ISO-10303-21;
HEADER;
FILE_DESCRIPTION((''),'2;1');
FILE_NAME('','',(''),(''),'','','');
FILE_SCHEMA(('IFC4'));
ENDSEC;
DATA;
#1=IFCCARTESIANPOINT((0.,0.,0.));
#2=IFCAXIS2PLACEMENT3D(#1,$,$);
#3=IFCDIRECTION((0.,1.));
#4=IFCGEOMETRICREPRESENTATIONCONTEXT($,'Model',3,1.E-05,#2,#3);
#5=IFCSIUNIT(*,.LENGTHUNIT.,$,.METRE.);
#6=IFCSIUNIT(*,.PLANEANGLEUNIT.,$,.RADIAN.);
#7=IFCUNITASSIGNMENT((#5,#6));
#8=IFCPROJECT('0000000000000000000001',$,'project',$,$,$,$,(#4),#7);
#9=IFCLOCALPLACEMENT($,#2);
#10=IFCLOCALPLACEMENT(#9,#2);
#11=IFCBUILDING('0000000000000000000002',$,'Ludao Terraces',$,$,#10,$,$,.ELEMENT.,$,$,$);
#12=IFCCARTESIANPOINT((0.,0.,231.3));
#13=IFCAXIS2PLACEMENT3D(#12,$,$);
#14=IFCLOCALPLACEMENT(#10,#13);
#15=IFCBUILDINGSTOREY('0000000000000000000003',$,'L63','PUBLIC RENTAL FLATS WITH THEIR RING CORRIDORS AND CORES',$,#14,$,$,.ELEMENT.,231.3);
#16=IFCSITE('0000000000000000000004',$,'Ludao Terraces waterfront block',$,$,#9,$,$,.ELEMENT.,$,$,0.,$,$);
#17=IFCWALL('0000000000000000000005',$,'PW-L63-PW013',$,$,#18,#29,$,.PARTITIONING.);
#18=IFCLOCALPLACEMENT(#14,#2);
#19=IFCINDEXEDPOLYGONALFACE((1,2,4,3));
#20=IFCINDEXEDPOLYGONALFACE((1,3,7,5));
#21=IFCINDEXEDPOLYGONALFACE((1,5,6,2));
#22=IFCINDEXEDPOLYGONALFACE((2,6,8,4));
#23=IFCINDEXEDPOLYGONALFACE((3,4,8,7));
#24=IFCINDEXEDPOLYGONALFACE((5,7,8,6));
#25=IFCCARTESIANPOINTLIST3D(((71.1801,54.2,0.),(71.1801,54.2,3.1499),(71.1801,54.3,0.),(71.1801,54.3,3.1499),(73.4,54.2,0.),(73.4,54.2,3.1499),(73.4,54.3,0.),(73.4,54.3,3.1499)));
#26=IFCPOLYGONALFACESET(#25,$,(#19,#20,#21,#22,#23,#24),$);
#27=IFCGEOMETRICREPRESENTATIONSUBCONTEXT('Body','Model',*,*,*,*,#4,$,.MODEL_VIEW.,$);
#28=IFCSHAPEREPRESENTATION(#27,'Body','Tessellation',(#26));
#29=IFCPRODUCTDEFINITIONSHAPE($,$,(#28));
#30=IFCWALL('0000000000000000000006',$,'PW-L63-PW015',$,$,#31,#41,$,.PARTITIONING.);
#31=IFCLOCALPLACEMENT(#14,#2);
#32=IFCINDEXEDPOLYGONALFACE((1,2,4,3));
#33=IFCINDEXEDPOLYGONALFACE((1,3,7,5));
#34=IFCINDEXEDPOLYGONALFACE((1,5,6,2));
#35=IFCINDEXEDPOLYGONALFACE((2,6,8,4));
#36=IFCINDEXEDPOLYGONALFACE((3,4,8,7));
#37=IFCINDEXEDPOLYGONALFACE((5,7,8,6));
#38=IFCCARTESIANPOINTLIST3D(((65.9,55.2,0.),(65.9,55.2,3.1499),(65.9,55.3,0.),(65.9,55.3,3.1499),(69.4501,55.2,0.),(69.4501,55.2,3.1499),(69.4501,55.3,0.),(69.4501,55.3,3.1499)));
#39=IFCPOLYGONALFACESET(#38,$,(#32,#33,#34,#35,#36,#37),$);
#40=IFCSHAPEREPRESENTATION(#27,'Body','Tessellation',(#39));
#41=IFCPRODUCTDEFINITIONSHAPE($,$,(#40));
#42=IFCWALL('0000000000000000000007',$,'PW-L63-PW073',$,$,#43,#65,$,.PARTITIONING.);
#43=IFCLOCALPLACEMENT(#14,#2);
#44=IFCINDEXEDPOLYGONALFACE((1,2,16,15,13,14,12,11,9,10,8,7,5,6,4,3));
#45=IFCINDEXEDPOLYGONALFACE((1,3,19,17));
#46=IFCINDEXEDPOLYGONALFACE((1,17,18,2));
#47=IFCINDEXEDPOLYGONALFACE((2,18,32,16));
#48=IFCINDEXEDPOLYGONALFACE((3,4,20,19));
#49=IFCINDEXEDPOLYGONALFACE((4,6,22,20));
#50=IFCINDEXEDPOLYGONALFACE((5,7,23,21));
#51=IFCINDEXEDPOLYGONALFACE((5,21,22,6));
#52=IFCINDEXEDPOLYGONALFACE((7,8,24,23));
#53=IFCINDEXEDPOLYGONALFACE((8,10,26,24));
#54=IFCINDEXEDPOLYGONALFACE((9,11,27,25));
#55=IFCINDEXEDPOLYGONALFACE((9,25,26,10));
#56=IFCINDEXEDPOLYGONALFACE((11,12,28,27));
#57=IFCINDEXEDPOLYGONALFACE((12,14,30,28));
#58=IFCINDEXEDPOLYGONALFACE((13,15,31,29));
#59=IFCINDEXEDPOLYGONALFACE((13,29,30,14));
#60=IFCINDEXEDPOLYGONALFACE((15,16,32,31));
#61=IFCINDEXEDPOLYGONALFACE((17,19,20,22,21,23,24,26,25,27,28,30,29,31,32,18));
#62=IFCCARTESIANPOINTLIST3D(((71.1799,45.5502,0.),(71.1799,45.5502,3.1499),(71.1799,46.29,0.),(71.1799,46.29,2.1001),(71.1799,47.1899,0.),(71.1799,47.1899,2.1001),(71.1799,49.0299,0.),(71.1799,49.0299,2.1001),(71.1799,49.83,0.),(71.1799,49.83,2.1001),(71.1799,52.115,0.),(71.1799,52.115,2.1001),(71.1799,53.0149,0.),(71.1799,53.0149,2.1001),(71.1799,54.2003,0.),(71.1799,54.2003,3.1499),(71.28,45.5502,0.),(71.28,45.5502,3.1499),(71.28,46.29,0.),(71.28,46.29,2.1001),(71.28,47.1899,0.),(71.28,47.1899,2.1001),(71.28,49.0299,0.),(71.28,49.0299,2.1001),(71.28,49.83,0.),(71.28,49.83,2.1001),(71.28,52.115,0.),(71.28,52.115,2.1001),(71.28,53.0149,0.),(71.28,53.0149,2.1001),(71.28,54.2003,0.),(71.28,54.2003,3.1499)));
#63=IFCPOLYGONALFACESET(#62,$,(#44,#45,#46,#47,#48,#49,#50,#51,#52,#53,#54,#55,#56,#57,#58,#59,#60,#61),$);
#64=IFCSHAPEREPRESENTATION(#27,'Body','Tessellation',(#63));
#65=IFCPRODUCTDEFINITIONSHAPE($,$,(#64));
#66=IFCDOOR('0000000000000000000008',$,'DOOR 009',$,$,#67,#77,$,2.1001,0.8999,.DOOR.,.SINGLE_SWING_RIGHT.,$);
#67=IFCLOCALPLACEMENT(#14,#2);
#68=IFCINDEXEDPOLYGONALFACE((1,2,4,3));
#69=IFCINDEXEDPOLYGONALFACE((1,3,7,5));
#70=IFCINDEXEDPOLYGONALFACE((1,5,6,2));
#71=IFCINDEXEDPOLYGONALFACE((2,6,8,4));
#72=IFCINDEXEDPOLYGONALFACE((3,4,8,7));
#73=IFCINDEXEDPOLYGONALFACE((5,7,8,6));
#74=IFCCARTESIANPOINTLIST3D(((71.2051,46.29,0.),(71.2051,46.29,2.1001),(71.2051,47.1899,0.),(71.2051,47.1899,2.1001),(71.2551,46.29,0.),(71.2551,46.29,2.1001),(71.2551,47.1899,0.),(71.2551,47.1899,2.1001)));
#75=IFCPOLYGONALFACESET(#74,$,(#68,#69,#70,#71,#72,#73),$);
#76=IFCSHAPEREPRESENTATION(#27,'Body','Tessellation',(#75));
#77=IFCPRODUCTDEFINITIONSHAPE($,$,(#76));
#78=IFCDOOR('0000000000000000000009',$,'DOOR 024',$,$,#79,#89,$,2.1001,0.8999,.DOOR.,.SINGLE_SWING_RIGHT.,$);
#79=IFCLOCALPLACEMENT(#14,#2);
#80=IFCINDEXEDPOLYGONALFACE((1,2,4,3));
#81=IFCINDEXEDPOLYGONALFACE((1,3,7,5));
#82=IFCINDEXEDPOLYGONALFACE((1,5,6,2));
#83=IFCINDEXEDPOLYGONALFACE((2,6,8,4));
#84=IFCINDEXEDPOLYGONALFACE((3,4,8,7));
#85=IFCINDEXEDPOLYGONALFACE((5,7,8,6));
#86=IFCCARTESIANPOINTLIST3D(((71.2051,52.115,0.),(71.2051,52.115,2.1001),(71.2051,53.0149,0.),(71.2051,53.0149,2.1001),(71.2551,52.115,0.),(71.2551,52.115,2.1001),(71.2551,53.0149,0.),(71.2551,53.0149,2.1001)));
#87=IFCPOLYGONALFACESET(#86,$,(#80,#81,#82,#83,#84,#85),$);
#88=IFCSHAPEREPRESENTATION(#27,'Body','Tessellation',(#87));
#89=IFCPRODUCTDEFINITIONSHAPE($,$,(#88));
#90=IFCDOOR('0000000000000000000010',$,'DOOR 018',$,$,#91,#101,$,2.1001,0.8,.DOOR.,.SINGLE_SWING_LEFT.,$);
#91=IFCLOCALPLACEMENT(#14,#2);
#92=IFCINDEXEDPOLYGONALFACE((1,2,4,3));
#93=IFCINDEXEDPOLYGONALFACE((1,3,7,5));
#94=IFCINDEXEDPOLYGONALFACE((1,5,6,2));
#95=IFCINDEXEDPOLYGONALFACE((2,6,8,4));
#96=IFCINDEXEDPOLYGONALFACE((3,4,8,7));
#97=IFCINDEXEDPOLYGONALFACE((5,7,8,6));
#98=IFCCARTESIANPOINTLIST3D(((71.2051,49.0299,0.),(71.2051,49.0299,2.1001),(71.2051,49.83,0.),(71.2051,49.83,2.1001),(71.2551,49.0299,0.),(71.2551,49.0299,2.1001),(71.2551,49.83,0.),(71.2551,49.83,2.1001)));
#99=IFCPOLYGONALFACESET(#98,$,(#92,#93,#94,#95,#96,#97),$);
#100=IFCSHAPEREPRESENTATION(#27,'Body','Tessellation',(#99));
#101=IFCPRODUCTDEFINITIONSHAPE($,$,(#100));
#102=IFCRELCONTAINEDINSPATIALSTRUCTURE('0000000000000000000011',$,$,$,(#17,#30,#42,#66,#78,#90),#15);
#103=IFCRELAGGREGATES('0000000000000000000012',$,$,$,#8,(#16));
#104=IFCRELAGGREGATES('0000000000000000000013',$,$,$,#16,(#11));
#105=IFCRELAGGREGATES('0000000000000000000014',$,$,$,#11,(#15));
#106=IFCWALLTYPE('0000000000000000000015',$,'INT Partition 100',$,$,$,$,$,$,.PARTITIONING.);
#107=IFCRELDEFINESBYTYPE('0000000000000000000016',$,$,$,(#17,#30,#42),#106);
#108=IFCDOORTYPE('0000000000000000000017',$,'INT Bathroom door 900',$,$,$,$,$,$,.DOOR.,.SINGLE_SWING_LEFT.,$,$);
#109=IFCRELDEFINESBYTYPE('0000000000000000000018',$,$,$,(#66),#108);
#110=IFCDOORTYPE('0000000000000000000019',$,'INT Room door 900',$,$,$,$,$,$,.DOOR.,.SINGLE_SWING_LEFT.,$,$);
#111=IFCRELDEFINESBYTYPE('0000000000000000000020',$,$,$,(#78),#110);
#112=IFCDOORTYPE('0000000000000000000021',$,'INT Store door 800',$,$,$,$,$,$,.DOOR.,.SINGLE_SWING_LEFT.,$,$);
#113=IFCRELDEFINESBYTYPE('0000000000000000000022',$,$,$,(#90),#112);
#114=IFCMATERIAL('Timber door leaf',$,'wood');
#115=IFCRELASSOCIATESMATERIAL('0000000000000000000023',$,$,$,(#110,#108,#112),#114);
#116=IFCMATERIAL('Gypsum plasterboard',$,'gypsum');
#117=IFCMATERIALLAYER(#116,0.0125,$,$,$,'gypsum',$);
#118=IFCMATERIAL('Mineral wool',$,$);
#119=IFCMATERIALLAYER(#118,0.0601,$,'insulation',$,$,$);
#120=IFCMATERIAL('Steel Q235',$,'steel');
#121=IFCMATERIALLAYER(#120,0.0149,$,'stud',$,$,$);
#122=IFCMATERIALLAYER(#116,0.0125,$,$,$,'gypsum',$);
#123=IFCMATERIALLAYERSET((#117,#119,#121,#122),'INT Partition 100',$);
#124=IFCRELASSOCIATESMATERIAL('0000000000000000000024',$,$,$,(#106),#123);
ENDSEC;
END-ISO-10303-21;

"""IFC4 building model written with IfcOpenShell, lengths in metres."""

from ifc_helpers import new_model, si_unit, direction, frame, frame_2d, origin, place, context, subcontext, project, spatial, rectangle, extrude, material, layer, layer_set, type_object, element, fill, save


model = new_model("IFC4")

# Units and contexts
model_context = context("Model", 3, precision=1e-05, world=origin(), true_north=direction((0.0, 1.0)))
body_context = subcontext(model_context, "Body", "Model", "MODEL_VIEW")
ifc_project = project(units=[si_unit("LENGTHUNIT", "METRE"), si_unit("PLANEANGLEUNIT", "RADIAN")], contexts=[model_context])

# Site, building, storey
site_placement = place(None, origin())
site = spatial("IfcSite", under=ifc_project, at=site_placement, Name="Ludao Terraces waterfront block", CompositionType="ELEMENT", RefElevation=0.0)
building_placement = place(site_placement, origin())
building = spatial("IfcBuilding", under=site, at=building_placement, Name="Ludao Terraces", CompositionType="ELEMENT")
storey_placement = place(building_placement, frame((0.0, 0.0, 231.3)))
storey = spatial("IfcBuildingStorey", under=building, at=storey_placement, Name="L63", Description="PUBLIC RENTAL FLATS WITH THEIR RING CORRIDORS AND CORES", CompositionType="ELEMENT", Elevation=231.3)

# Shared definitions
ifc_material_1 = material(Name="Steel Q235", Category="steel")
ifc_material_2 = material(Name="Timber door leaf", Category="wood")
door_type_1 = type_object("IfcDoorType", Name="INT Room door 900", OperationType="SINGLE_SWING_LEFT", PredefinedType="DOOR", material=ifc_material_2)

# Walls
ifc_material_3 = material(Name="Gypsum plasterboard", Category="gypsum")
ifc_layer_1 = layer(ifc_material_3, 0.0125, Category="gypsum")
ifc_material_4 = material(Name="Mineral wool")
ifc_layer_2 = layer(ifc_material_4, 0.0601, Name="insulation")
ifc_layer_3 = layer(ifc_material_1, 0.0149, Name="stud")
ifc_layer_4 = layer(ifc_material_3, 0.0125, Category="gypsum")
ifc_layer_set_1 = layer_set([ifc_layer_1, ifc_layer_2, ifc_layer_3, ifc_layer_4], Name="INT Partition 100")
wall_type_1 = type_object("IfcWallType", Name="INT Partition 100", PredefinedType="PARTITIONING", material=ifc_layer_set_1)
for number, where, z_axis, x_axis, name in (
    (1, (71.1802, 54.25, 0.0), (0.0, 0.0, 1.0), (1.0, 0.0, 0.0), "PW-L63-PW013"),
):
    element("IfcWall", number, at=place(storey_placement, frame(where, z_axis=z_axis, x_axis=x_axis)), inside=storey, type_object=wall_type_1, Name=name, PredefinedType="PARTITIONING", context=body_context, shape_type="SweptSolid", body=[
        extrude(rectangle(XDim=2.22, YDim=0.1001, at=frame_2d((1.1099, 0.0))), origin(), (0.0, 0.0, 1.0), 3.1499),
    ])
wall_1_placement = place(storey_placement, frame((65.9001, 55.25, 0.0), z_axis=(0.0, 0.0, 1.0), x_axis=(1.0, 0.0, 0.0)))
element("IfcWall", 2, at=wall_1_placement, inside=storey, type_object=wall_type_1, Name="PW-L63-PW015", PredefinedType="PARTITIONING", context=body_context, shape_type="SweptSolid", body=[
    extrude(rectangle(XDim=3.55, YDim=0.1001, at=frame_2d((1.7749, 0.0))), origin(), (0.0, 0.0, 1.0), 3.1499),
])

# Wall, openings, doors
wall_2_placement = place(storey_placement, frame((71.23, 45.55, 0.0), z_axis=(0.0, 0.0, 1.0), x_axis=(0.0, 1.0, 0.0)))
wall_2 = element("IfcWall", 3, at=wall_2_placement, inside=storey, type_object=wall_type_1, Name="PW-L63-PW073", PredefinedType="PARTITIONING", context=body_context, shape_type="SweptSolid", body=[
    extrude(rectangle(XDim=8.6501, YDim=0.1001, at=frame_2d((4.3252, 0.0))), origin(), (0.0, 0.0, 1.0), 3.1499),
])
opening_1_placement = place(wall_2_placement, frame((0.74, 0.0, 0.0)))
opening_1 = element("IfcOpeningElement", 4, at=opening_1_placement, cuts=wall_2, PredefinedType="OPENING", context=body_context, shape_type="SweptSolid", body=[
    extrude(rectangle(XDim=0.8999, YDim=2.1001, at=frame_2d((0.45, 1.05))), frame((0.0, 0.0601, 0.0), z_axis=(0.0, -1.0, 0.0), x_axis=(1.0, 0.0, 0.0)), (0.0, 0.0, 1.0), 0.1201),
])
opening_2_placement = place(wall_2_placement, frame((3.48, 0.0, 0.0)))
opening_2 = element("IfcOpeningElement", 5, at=opening_2_placement, cuts=wall_2, PredefinedType="OPENING", context=body_context, shape_type="SweptSolid", body=[
    extrude(rectangle(XDim=0.8, YDim=2.1001, at=frame_2d((0.3999, 1.05))), frame((0.0, 0.0601, 0.0), z_axis=(0.0, -1.0, 0.0), x_axis=(1.0, 0.0, 0.0)), (0.0, 0.0, 1.0), 0.1201),
])
opening_3_placement = place(wall_2_placement, frame((6.5649, 0.0, 0.0)))
opening_3 = element("IfcOpeningElement", 6, at=opening_3_placement, cuts=wall_2, PredefinedType="OPENING", context=body_context, shape_type="SweptSolid", body=[
    extrude(rectangle(XDim=0.8999, YDim=2.1001, at=frame_2d((0.45, 1.05))), frame((0.0, 0.0601, 0.0), z_axis=(0.0, -1.0, 0.0), x_axis=(1.0, 0.0, 0.0)), (0.0, 0.0, 1.0), 0.1201),
])
door_type_2 = type_object("IfcDoorType", Name="INT Bathroom door 900", OperationType="SINGLE_SWING_LEFT", PredefinedType="DOOR", material=ifc_material_2)
door_1_placement = place(opening_1_placement, origin())
door_1 = element("IfcDoor", 7, at=door_1_placement, inside=storey, type_object=door_type_2, Name="DOOR 009", OperationType="SINGLE_SWING_RIGHT", OverallHeight=2.1001, OverallWidth=0.8999, PredefinedType="DOOR", context=body_context, shape_type="SweptSolid", body=[
    extrude(rectangle(XDim=0.8999, YDim=2.1001, at=frame_2d((0.45, 1.05))), frame((0.0, 0.0249, 0.0), z_axis=(0.0, -1.0, 0.0), x_axis=(1.0, 0.0, 0.0)), (0.0, 0.0, 1.0), 0.05),
])
fill(opening_1, door_1)
door_2_placement = place(opening_3_placement, origin())
door_2 = element("IfcDoor", 8, at=door_2_placement, inside=storey, type_object=door_type_1, Name="DOOR 024", OperationType="SINGLE_SWING_RIGHT", OverallHeight=2.1001, OverallWidth=0.8999, PredefinedType="DOOR", context=body_context, shape_type="SweptSolid", body=[
    extrude(rectangle(XDim=0.8999, YDim=2.1001, at=frame_2d((0.45, 1.05))), frame((0.0, 0.0249, 0.0), z_axis=(0.0, -1.0, 0.0), x_axis=(1.0, 0.0, 0.0)), (0.0, 0.0, 1.0), 0.05),
])
fill(opening_3, door_2)
door_type_3 = type_object("IfcDoorType", Name="INT Store door 800", OperationType="SINGLE_SWING_LEFT", PredefinedType="DOOR", material=ifc_material_2)
door_3_placement = place(opening_2_placement, origin())
door_3 = element("IfcDoor", 9, at=door_3_placement, inside=storey, type_object=door_type_3, Name="DOOR 018", OperationType="SINGLE_SWING_LEFT", OverallHeight=2.1001, OverallWidth=0.8, PredefinedType="DOOR", context=body_context, shape_type="SweptSolid", body=[
    extrude(rectangle(XDim=0.8, YDim=2.1001, at=frame_2d((0.3999, 1.05))), frame((0.0, 0.0249, 0.0), z_axis=(0.0, -1.0, 0.0), x_axis=(1.0, 0.0, 0.0)), (0.0, 0.0, 1.0), 0.05),
])
fill(opening_2, door_3)

save(model, "model.ifc")
